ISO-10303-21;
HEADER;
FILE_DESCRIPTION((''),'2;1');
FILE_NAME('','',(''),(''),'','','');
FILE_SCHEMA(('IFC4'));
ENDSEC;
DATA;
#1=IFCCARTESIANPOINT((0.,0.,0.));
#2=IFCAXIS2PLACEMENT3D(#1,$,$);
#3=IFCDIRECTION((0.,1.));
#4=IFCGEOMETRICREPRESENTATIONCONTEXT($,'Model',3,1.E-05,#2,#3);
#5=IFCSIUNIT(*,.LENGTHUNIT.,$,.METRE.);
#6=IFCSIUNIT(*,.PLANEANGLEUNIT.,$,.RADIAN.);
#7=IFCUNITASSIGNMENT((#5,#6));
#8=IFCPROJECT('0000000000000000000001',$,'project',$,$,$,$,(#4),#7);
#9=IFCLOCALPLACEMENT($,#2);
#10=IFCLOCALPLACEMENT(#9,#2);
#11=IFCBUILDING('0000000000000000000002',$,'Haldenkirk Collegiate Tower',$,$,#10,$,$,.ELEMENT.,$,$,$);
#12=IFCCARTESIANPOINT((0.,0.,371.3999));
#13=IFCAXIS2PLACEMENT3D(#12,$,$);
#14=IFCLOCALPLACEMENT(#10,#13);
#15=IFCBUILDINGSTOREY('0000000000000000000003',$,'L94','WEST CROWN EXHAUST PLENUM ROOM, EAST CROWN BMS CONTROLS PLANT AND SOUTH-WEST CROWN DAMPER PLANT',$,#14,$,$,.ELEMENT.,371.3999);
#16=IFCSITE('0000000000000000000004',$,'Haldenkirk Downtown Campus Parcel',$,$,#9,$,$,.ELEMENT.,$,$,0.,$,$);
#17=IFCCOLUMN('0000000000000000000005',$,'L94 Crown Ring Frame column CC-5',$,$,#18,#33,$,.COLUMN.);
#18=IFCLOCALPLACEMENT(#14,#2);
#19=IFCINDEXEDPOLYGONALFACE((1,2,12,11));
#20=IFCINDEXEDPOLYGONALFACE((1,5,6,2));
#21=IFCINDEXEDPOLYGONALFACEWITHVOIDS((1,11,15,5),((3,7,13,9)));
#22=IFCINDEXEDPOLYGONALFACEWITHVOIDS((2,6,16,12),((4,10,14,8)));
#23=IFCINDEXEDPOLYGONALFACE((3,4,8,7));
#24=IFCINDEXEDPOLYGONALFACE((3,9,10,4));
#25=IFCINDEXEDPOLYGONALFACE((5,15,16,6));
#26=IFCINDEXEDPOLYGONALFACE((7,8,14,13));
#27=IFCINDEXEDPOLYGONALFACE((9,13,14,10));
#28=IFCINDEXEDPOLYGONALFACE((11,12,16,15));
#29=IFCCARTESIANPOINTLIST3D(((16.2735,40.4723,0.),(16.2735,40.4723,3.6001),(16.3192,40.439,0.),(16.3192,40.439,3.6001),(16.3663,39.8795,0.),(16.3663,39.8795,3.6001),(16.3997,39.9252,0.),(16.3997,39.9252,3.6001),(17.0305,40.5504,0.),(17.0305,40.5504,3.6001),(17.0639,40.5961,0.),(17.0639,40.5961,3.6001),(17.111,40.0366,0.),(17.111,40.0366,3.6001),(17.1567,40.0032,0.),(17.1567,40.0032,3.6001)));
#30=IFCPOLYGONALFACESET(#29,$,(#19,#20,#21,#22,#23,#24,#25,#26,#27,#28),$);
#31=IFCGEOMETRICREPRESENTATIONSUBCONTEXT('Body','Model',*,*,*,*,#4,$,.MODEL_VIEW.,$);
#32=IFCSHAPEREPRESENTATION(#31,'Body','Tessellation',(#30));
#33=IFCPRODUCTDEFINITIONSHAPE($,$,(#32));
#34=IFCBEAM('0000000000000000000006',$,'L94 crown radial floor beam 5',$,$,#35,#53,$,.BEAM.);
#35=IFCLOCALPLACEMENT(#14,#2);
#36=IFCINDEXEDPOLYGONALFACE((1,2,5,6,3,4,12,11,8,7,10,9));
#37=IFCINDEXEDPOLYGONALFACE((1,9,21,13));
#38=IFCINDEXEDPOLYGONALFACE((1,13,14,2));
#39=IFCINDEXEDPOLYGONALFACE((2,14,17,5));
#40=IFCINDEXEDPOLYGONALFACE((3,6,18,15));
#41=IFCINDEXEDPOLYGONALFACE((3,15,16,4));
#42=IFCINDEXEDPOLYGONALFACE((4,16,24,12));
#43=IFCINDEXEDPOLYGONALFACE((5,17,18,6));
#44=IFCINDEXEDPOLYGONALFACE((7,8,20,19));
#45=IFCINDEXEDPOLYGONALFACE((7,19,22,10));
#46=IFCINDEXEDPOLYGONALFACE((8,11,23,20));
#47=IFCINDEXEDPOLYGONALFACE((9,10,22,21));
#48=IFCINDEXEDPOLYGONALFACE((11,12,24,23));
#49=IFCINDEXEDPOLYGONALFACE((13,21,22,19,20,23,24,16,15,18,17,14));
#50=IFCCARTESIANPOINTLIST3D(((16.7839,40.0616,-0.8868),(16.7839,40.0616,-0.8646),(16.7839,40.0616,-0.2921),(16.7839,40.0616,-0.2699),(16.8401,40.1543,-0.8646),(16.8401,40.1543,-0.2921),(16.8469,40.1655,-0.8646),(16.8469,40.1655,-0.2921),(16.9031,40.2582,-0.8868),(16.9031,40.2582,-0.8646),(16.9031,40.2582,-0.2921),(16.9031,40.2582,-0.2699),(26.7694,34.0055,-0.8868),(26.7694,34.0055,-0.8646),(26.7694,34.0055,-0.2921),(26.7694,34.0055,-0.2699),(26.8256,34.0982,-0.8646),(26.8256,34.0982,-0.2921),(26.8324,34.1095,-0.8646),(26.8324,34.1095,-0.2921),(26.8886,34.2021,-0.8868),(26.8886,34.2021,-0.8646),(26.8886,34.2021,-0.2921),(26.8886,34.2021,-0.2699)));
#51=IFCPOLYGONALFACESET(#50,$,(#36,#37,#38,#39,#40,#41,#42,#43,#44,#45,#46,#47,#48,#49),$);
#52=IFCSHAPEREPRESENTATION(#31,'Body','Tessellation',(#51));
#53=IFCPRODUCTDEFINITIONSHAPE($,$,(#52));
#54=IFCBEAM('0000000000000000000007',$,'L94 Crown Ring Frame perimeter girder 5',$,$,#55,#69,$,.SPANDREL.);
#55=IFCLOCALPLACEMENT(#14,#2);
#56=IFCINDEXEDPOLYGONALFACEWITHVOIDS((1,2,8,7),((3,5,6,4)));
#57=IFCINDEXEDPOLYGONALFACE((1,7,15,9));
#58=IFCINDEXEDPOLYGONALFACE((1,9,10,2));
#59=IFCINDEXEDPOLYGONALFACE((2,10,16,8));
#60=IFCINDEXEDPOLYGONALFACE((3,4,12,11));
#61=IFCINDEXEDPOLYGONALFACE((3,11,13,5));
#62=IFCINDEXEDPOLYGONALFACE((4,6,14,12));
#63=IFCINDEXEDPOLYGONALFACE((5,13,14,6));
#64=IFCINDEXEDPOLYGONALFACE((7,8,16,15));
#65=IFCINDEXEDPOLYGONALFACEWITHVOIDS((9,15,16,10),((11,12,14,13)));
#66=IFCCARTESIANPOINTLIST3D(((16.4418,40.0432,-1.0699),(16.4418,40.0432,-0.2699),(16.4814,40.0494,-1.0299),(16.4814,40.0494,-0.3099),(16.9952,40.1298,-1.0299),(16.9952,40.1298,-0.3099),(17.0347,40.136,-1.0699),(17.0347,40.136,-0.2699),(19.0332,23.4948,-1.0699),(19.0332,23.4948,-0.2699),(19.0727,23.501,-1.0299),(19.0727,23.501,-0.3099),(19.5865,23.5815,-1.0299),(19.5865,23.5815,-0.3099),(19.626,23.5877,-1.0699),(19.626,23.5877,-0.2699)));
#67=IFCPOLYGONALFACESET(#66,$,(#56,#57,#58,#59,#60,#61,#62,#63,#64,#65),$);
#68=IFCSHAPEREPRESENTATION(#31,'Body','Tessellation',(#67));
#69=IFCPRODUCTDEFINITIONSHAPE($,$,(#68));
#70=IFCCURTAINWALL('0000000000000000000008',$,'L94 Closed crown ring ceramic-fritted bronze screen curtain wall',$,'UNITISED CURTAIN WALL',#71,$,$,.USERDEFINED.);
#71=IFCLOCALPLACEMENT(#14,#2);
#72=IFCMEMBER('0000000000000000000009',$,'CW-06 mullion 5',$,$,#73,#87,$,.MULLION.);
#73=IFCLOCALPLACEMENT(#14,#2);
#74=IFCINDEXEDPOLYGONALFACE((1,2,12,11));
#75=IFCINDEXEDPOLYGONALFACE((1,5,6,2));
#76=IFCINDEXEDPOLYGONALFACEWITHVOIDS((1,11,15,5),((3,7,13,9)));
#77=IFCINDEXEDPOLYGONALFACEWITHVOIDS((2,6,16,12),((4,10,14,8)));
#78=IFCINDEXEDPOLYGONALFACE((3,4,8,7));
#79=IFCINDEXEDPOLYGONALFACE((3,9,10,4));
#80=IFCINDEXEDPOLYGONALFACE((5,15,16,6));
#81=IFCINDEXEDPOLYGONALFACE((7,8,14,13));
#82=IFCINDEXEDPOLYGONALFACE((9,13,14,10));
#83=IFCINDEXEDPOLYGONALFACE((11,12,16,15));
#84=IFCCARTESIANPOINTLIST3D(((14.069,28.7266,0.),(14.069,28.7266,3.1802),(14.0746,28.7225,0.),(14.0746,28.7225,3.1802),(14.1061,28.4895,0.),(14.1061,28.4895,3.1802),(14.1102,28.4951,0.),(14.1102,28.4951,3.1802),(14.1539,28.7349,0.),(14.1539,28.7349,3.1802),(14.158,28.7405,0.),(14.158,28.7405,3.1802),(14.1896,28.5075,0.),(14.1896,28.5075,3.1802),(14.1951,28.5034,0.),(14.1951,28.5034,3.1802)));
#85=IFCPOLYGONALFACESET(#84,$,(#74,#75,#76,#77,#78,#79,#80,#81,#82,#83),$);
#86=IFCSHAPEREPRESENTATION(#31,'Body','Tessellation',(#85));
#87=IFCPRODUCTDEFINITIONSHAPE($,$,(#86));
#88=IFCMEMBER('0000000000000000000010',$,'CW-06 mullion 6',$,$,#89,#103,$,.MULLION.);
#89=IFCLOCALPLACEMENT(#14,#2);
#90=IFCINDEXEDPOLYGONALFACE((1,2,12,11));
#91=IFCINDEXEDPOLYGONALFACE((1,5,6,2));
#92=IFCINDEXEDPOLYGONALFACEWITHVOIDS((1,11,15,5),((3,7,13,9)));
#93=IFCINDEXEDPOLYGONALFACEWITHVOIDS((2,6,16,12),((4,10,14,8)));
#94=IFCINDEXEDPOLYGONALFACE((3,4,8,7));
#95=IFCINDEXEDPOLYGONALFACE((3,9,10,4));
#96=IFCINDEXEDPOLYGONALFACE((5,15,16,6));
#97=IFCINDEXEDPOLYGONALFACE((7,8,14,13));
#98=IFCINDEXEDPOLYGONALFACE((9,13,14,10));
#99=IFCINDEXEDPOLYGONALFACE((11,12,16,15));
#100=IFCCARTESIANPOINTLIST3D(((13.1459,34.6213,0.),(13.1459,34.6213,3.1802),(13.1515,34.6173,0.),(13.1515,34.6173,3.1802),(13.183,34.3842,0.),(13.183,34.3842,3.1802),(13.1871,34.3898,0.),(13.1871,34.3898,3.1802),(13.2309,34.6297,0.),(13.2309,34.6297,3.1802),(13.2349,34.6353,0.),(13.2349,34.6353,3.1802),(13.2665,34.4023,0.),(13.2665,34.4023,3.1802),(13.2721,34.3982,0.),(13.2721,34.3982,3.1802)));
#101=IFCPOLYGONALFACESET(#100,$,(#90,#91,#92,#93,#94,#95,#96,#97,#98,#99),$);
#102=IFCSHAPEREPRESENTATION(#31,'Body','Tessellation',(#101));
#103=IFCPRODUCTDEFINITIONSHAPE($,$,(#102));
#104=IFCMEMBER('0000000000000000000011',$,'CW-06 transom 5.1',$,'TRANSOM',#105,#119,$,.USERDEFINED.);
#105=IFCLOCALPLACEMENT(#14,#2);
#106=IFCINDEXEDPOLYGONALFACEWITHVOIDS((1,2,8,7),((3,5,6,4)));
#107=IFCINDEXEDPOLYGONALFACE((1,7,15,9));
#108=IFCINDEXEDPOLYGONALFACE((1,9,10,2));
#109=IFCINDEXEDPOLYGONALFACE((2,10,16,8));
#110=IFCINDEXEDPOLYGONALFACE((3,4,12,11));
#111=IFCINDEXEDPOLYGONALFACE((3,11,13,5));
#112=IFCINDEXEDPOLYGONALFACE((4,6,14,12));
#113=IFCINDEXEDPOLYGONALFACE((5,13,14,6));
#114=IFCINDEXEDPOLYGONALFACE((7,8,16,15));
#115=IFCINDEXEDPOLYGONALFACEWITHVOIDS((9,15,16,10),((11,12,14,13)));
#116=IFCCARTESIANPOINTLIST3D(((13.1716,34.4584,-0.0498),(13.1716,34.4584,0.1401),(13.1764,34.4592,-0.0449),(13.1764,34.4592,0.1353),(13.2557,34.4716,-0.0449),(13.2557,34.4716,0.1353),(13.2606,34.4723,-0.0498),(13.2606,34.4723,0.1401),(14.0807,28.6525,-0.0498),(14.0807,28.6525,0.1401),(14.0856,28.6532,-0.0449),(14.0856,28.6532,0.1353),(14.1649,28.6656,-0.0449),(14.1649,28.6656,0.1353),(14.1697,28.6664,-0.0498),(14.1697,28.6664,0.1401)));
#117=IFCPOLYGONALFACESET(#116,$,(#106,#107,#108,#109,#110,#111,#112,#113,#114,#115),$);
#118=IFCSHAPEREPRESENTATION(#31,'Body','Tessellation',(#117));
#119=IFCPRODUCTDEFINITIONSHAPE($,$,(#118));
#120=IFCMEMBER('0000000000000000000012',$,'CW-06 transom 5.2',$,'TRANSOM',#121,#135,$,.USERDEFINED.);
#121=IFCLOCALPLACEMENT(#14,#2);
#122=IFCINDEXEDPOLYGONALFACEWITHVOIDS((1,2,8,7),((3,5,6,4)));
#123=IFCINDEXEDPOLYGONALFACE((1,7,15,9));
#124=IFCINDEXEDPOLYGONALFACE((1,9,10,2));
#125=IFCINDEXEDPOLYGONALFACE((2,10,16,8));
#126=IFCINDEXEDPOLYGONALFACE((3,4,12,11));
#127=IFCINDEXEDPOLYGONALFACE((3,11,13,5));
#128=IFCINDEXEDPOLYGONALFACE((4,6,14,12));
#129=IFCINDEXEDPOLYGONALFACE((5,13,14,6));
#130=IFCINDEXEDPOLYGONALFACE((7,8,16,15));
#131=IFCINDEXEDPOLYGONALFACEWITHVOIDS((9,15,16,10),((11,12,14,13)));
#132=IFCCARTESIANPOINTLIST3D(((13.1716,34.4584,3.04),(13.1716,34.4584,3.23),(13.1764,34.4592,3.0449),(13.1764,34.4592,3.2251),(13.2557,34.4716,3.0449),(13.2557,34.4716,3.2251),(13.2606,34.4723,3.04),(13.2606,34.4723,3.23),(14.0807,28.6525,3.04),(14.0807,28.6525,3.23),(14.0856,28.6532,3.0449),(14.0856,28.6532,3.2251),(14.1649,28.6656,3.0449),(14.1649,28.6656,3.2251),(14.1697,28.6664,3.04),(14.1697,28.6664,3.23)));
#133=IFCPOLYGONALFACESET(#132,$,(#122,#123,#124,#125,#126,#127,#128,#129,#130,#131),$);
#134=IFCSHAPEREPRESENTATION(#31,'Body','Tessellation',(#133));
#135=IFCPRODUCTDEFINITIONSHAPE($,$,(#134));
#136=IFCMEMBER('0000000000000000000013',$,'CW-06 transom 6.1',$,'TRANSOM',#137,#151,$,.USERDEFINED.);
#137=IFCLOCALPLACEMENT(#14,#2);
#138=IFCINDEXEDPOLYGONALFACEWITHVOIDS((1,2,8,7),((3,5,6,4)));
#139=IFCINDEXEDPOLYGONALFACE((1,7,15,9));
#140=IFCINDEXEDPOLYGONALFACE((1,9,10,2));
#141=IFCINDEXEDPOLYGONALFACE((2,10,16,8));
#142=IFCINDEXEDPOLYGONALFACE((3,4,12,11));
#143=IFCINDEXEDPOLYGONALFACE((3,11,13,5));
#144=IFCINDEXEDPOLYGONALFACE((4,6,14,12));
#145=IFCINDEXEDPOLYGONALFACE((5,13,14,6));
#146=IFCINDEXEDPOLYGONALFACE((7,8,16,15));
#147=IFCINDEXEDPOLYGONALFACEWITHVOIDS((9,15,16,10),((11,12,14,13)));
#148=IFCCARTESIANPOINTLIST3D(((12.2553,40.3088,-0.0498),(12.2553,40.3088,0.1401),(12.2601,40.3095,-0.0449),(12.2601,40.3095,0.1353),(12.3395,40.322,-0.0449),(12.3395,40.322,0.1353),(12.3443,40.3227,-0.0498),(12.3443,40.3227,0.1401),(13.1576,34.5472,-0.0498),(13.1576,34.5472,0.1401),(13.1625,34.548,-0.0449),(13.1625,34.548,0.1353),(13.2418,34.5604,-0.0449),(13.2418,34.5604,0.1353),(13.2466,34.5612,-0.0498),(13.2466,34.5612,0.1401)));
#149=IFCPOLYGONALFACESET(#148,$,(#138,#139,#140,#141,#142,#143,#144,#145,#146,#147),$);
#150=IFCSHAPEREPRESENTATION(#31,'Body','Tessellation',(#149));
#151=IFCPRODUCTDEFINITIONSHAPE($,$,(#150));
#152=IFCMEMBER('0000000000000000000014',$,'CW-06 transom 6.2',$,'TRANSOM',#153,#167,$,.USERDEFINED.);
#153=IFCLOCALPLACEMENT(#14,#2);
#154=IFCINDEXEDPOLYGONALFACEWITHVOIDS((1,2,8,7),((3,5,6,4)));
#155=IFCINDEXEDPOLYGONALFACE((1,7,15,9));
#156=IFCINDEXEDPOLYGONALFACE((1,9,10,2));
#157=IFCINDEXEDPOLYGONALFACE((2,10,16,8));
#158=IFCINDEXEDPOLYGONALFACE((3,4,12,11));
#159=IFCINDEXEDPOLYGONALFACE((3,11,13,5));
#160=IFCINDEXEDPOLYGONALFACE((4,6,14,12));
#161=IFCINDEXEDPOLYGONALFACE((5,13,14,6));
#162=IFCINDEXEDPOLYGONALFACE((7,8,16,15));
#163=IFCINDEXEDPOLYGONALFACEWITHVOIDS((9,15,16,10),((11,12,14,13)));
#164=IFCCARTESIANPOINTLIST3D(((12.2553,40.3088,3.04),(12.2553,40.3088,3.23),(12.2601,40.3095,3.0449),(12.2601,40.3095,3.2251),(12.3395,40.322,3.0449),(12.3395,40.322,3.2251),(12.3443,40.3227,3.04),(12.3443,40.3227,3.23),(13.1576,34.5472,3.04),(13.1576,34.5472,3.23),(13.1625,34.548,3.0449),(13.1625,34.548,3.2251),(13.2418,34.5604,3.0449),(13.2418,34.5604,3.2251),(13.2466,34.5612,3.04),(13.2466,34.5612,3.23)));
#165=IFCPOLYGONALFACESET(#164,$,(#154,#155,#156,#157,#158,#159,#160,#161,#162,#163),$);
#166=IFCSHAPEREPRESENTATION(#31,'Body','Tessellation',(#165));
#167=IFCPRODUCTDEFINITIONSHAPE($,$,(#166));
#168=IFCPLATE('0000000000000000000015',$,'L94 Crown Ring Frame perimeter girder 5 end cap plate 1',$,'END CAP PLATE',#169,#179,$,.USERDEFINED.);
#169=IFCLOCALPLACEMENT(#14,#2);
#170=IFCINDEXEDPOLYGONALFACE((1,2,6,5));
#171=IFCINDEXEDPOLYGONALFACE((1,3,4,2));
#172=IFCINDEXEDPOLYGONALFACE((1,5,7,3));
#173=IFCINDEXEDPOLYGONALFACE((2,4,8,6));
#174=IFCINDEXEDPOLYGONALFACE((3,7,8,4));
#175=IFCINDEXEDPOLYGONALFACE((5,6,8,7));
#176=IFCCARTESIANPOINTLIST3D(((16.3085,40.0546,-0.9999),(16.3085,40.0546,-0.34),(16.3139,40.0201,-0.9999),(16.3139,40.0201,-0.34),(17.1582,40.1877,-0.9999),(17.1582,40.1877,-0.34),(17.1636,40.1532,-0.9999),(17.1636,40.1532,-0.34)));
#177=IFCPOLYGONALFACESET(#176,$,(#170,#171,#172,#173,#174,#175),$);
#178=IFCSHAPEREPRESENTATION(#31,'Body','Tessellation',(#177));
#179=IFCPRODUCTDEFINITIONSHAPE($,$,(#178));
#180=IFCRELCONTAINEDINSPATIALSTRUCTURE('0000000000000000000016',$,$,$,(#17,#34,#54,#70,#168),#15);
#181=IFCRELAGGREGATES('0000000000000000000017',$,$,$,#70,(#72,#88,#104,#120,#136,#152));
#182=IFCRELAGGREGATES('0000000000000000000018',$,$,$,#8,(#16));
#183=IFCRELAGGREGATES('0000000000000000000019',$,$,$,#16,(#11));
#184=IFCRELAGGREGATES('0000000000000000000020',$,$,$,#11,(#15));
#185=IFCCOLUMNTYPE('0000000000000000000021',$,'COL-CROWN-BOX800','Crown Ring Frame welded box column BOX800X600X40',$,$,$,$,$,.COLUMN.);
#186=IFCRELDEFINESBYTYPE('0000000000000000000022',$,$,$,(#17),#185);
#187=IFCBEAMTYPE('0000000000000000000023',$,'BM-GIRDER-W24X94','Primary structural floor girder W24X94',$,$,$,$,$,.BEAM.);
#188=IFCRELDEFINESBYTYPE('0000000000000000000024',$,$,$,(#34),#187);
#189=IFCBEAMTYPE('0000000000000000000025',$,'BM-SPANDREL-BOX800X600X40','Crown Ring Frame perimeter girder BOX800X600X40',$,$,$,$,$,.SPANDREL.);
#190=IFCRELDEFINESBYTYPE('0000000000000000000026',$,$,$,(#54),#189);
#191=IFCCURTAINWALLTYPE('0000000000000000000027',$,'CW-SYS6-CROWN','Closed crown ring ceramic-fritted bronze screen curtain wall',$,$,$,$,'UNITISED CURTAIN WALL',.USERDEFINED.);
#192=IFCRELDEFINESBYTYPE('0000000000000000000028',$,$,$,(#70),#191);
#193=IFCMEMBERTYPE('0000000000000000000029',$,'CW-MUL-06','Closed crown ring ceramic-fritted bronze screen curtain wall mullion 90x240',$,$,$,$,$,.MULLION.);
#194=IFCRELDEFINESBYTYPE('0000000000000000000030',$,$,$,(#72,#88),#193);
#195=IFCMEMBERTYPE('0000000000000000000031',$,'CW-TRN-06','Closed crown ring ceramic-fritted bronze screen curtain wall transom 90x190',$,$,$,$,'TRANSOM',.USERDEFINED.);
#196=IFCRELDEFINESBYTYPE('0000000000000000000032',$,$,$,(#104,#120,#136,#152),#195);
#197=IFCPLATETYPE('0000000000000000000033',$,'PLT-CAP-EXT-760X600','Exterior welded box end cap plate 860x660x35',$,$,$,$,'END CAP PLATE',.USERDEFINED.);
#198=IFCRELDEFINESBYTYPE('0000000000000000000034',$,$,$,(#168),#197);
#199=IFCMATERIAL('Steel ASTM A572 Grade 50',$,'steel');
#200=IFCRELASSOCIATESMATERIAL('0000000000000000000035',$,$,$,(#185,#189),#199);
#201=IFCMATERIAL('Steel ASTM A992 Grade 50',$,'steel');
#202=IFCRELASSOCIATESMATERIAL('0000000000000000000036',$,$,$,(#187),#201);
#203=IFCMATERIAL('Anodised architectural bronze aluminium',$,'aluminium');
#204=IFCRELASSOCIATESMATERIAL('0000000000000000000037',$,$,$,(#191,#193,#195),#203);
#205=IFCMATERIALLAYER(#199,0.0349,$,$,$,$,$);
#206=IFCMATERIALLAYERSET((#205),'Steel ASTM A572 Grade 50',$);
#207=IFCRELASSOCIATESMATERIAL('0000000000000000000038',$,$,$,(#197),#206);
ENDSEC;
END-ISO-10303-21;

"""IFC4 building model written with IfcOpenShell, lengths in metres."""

from ifc_helpers import new_model, si_unit, direction, frame, origin, origin_2d, place, context, subcontext, project, spatial, rectangle, hollow_rectangle, i_section, extrude, source, transform, mapped, material, layer, layer_set, material_profile, profile_set, type_object, element, aggregate, save


model = new_model("IFC4")

# Units and contexts
model_context = context("Model", 3, precision=1e-05, world=origin(), true_north=direction((0.0, 1.0)))
body_context = subcontext(model_context, "Body", "Model", "MODEL_VIEW")
ifc_project = project(units=[si_unit("LENGTHUNIT", "METRE"), si_unit("PLANEANGLEUNIT", "RADIAN")], contexts=[model_context])

# Site, building, storey
site_placement = place(None, origin())
site = spatial("IfcSite", under=ifc_project, at=site_placement, Name="Haldenkirk Downtown Campus Parcel", CompositionType="ELEMENT", RefElevation=0.0)
building_placement = place(site_placement, origin())
building = spatial("IfcBuilding", under=site, at=building_placement, Name="Haldenkirk Collegiate Tower", CompositionType="ELEMENT")
storey_placement = place(building_placement, frame((0.0, 0.0, 371.3999)))
storey = spatial("IfcBuildingStorey", under=building, at=storey_placement, Name="L94", Description="WEST CROWN EXHAUST PLENUM ROOM, EAST CROWN BMS CONTROLS PLANT AND SOUTH-WEST CROWN DAMPER PLANT", CompositionType="ELEMENT", Elevation=371.3999)

# Column
ifc_material_1 = material(Name="Steel ASTM A572 Grade 50", Category="steel")
ifc_material_profile_1 = material_profile(ifc_material_1, hollow_rectangle(XDim=0.6001, YDim=0.8, WallThickness=0.04, at=origin_2d()), Name="BOX800X600X40")
ifc_profile_set_1 = profile_set([ifc_material_profile_1], Name="Steel ASTM A572 Grade 50")
column_type = type_object("IfcColumnType", Name="COL-CROWN-BOX800", Description="Crown Ring Frame welded box column BOX800X600X40", PredefinedType="COLUMN", material=ifc_profile_set_1)
column_placement = place(storey_placement, frame((16.7151, 40.2378, 0.0), z_axis=(0.0, 0.0, 1.0), x_axis=(-0.15471, 0.98796, 0.0)))
element("IfcColumn", 1, at=column_placement, inside=storey, type_object=column_type, Name="L94 Crown Ring Frame column CC-5", PredefinedType="COLUMN", context=body_context, shape_type="SweptSolid", body=[
    extrude(hollow_rectangle(XDim=0.6001, YDim=0.8, WallThickness=0.04, at=origin_2d()), origin(), (0.0, 0.0, 1.0), 3.6001),
])

# Beams
ifc_material_2 = material(Name="Steel ASTM A992 Grade 50", Category="steel")
ifc_material_profile_2 = material_profile(ifc_material_2, i_section(OverallWidth=0.23, OverallDepth=0.6169, WebThickness=0.0132, FlangeThickness=0.0222, at=origin_2d()), Name="W24X94")
ifc_profile_set_2 = profile_set([ifc_material_profile_2], Name="Steel ASTM A992 Grade 50")
beam_type_1 = type_object("IfcBeamType", Name="BM-GIRDER-W24X94", Description="Primary structural floor girder W24X94", PredefinedType="BEAM", material=ifc_profile_set_2)
beam_1_placement = place(storey_placement, frame((16.8435, 40.1599, -0.5784), z_axis=(0.855035, -0.518569, 0.0), x_axis=(0.518569, 0.855035, 0.0)))
element("IfcBeam", 2, at=beam_1_placement, inside=storey, type_object=beam_type_1, Name="L94 crown radial floor beam 5", PredefinedType="BEAM", context=body_context, shape_type="SweptSolid", body=[
    extrude(i_section(OverallWidth=0.23, OverallDepth=0.6169, WebThickness=0.0132, FlangeThickness=0.0222, at=origin_2d()), origin(), (0.0, 0.0, 1.0), 11.6785),
])
ifc_material_profile_3 = material_profile(ifc_material_1, hollow_rectangle(XDim=0.6001, YDim=0.8, WallThickness=0.04, at=origin_2d()), Name="BOX800X600X40")
ifc_profile_set_3 = profile_set([ifc_material_profile_3], Name="Steel ASTM A572 Grade 50")
beam_type_2 = type_object("IfcBeamType", Name="BM-SPANDREL-BOX800X600X40", Description="Crown Ring Frame perimeter girder BOX800X600X40", PredefinedType="SPANDREL", material=ifc_profile_set_3)
beam_2_placement = place(storey_placement, frame((16.7383, 40.0896, -0.6699), z_axis=(0.154705, -0.987961, 0.0), x_axis=(0.987961, 0.154705, 0.0)))
element("IfcBeam", 3, at=beam_2_placement, inside=storey, type_object=beam_type_2, Name="L94 Crown Ring Frame perimeter girder 5", PredefinedType="SPANDREL", context=body_context, shape_type="SweptSolid", body=[
    extrude(hollow_rectangle(XDim=0.6001, YDim=0.8, WallThickness=0.04, at=origin_2d()), origin(), (0.0, 0.0, 1.0), 16.75),
])

# Curtain wall, members
ifc_material_3 = material(Name="Anodised architectural bronze aluminium", Category="aluminium")
curtain_wall_type = type_object("IfcCurtainWallType", Name="CW-SYS6-CROWN", Description="Closed crown ring ceramic-fritted bronze screen curtain wall", ElementType="UNITISED CURTAIN WALL", PredefinedType="USERDEFINED", material=ifc_material_3)
curtain_wall_placement = place(storey_placement, origin())
curtain_wall = element("IfcCurtainWall", 4, at=curtain_wall_placement, inside=storey, type_object=curtain_wall_type, Name="L94 Closed crown ring ceramic-fritted bronze screen curtain wall", ObjectType="UNITISED CURTAIN WALL", PredefinedType="USERDEFINED")
ifc_material_profile_4 = material_profile(ifc_material_3, hollow_rectangle(XDim=0.0901, YDim=0.24, WallThickness=0.0049, at=origin_2d()), Name="CW-MUL-06")
ifc_profile_set_4 = profile_set([ifc_material_profile_4], Name="Anodised architectural bronze aluminium")
member_type_1 = type_object("IfcMemberType", Name="CW-MUL-06", Description="Closed crown ring ceramic-fritted bronze screen curtain wall mullion 90x240", PredefinedType="MULLION", material=ifc_profile_set_4)
member_1_placement = place(storey_placement, frame((14.1321, 28.615, 0.0), z_axis=(0.0, 0.0, 1.0), x_axis=(-0.98796, -0.154713, 0.0)))
member_1 = element("IfcMember", 5, at=member_1_placement, type_object=member_type_1, Name="CW-06 mullion 5", PredefinedType="MULLION", context=body_context, shape_type="SweptSolid", body=[
    extrude(hollow_rectangle(XDim=0.0901, YDim=0.24, WallThickness=0.0049, at=origin_2d()), origin(), (0.0, 0.0, 1.0), 3.1802),
])
member_2_placement = place(storey_placement, frame((13.209, 34.5098, 0.0), z_axis=(0.0, 0.0, 1.0), x_axis=(-0.98796, -0.154713, 0.0)))
member_2 = element("IfcMember", 6, at=member_2_placement, type_object=member_type_1, Name="CW-06 mullion 6", PredefinedType="MULLION", context=body_context, shape_type="SweptSolid", body=[
    extrude(hollow_rectangle(XDim=0.0901, YDim=0.24, WallThickness=0.0049, at=origin_2d()), origin(), (0.0, 0.0, 1.0), 3.1802),
])
ifc_material_profile_5 = material_profile(ifc_material_3, hollow_rectangle(XDim=0.0901, YDim=0.1899, WallThickness=0.0049, at=origin_2d()), Name="CW-TRN-06")
ifc_profile_set_5 = profile_set([ifc_material_profile_5], Name="Anodised architectural bronze aluminium")
member_type_2 = type_object("IfcMemberType", Name="CW-TRN-06", Description="Closed crown ring ceramic-fritted bronze screen curtain wall transom 90x190", ElementType="TRANSOM", PredefinedType="USERDEFINED", material=ifc_profile_set_5)
member_3_placement = place(storey_placement, frame((14.1252, 28.6594, 0.0452), z_axis=(-0.15471, 0.98796, 0.0), x_axis=(-0.98796, -0.15471, 0.0)))
member_3 = element("IfcMember", 7, at=member_3_placement, type_object=member_type_2, Name="CW-06 transom 5.1", ObjectType="TRANSOM", PredefinedType="USERDEFINED", context=body_context, shape_type="SweptSolid", body=[
    extrude(hollow_rectangle(XDim=0.0901, YDim=0.1899, WallThickness=0.0049, at=origin_2d()), origin(), (0.0, 0.0, 1.0), 5.8767),
])
member_4_placement = place(storey_placement, frame((14.1252, 28.6594, 3.135), z_axis=(-0.15471, 0.98796, 0.0), x_axis=(-0.98796, -0.15471, 0.0)))
member_4 = element("IfcMember", 8, at=member_4_placement, type_object=member_type_2, Name="CW-06 transom 5.2", ObjectType="TRANSOM", PredefinedType="USERDEFINED", context=body_context, shape_type="SweptSolid", body=[
    extrude(hollow_rectangle(XDim=0.0901, YDim=0.1899, WallThickness=0.0049, at=origin_2d()), origin(), (0.0, 0.0, 1.0), 5.8767),
])
member_5_placement = place(storey_placement, frame((13.2021, 34.5542, 0.0452), z_axis=(-0.154731, 0.987957, 0.0), x_axis=(-0.987957, -0.154731, 0.0)))
member_5 = element("IfcMember", 9, at=member_5_placement, type_object=member_type_2, Name="CW-06 transom 6.1", ObjectType="TRANSOM", PredefinedType="USERDEFINED", context=body_context, shape_type="SweptSolid", body=[
    extrude(hollow_rectangle(XDim=0.0901, YDim=0.1899, WallThickness=0.0049, at=origin_2d()), origin(), (0.0, 0.0, 1.0), 5.8318),
])
member_6_placement = place(storey_placement, frame((13.2021, 34.5542, 3.135), z_axis=(-0.154731, 0.987957, 0.0), x_axis=(-0.987957, -0.154731, 0.0)))
member_6 = element("IfcMember", 10, at=member_6_placement, type_object=member_type_2, Name="CW-06 transom 6.2", ObjectType="TRANSOM", PredefinedType="USERDEFINED", context=body_context, shape_type="SweptSolid", body=[
    extrude(hollow_rectangle(XDim=0.0901, YDim=0.1899, WallThickness=0.0049, at=origin_2d()), origin(), (0.0, 0.0, 1.0), 5.8318),
])

# Plate
ifc_layer_1 = layer(ifc_material_1, 0.0349)
ifc_layer_set_1 = layer_set([ifc_layer_1], Name="Steel ASTM A572 Grade 50")
plate_type_1 = type_object("IfcPlateType", Name="PLT-CAP-EXT-760X600", Description="Exterior welded box end cap plate 860x660x35", ElementType="END CAP PLATE", PredefinedType="USERDEFINED", material=ifc_layer_set_1)
shared_shape_1 = source(origin(), body_context, "Body", "SweptSolid", [
    extrude(rectangle(XDim=0.8601, YDim=0.6599, at=origin_2d()), origin(), (0.0, 0.0, 1.0), 0.0349),
])
for number, where, z_axis, x_axis, name in (
    (11, (16.7388, 40.0867, -0.6699), (-0.154711, 0.98796, 0.0), (-0.98796, -0.154711, 0.0), "L94 Crown Ring Frame perimeter girder 5 end cap plate 1"),
):
    element("IfcPlate", number, at=place(storey_placement, frame(where, z_axis=z_axis, x_axis=x_axis)), inside=storey, type_object=plate_type_1, Name=name, ObjectType="END CAP PLATE", PredefinedType="USERDEFINED", context=body_context, shape_type="MappedRepresentation", body=[
        mapped(shared_shape_1, transform((0.0, 0.0, 0.0), x_axis=(1.0, 0.0, 0.0), y_axis=(0.0, 1.0, 0.0), z_axis=(0.0, 0.0, 1.0), scale=1.0)),
    ])

aggregate(curtain_wall, [member_1, member_2, member_3, member_4, member_5, member_6])

save(model, "model.ifc")
